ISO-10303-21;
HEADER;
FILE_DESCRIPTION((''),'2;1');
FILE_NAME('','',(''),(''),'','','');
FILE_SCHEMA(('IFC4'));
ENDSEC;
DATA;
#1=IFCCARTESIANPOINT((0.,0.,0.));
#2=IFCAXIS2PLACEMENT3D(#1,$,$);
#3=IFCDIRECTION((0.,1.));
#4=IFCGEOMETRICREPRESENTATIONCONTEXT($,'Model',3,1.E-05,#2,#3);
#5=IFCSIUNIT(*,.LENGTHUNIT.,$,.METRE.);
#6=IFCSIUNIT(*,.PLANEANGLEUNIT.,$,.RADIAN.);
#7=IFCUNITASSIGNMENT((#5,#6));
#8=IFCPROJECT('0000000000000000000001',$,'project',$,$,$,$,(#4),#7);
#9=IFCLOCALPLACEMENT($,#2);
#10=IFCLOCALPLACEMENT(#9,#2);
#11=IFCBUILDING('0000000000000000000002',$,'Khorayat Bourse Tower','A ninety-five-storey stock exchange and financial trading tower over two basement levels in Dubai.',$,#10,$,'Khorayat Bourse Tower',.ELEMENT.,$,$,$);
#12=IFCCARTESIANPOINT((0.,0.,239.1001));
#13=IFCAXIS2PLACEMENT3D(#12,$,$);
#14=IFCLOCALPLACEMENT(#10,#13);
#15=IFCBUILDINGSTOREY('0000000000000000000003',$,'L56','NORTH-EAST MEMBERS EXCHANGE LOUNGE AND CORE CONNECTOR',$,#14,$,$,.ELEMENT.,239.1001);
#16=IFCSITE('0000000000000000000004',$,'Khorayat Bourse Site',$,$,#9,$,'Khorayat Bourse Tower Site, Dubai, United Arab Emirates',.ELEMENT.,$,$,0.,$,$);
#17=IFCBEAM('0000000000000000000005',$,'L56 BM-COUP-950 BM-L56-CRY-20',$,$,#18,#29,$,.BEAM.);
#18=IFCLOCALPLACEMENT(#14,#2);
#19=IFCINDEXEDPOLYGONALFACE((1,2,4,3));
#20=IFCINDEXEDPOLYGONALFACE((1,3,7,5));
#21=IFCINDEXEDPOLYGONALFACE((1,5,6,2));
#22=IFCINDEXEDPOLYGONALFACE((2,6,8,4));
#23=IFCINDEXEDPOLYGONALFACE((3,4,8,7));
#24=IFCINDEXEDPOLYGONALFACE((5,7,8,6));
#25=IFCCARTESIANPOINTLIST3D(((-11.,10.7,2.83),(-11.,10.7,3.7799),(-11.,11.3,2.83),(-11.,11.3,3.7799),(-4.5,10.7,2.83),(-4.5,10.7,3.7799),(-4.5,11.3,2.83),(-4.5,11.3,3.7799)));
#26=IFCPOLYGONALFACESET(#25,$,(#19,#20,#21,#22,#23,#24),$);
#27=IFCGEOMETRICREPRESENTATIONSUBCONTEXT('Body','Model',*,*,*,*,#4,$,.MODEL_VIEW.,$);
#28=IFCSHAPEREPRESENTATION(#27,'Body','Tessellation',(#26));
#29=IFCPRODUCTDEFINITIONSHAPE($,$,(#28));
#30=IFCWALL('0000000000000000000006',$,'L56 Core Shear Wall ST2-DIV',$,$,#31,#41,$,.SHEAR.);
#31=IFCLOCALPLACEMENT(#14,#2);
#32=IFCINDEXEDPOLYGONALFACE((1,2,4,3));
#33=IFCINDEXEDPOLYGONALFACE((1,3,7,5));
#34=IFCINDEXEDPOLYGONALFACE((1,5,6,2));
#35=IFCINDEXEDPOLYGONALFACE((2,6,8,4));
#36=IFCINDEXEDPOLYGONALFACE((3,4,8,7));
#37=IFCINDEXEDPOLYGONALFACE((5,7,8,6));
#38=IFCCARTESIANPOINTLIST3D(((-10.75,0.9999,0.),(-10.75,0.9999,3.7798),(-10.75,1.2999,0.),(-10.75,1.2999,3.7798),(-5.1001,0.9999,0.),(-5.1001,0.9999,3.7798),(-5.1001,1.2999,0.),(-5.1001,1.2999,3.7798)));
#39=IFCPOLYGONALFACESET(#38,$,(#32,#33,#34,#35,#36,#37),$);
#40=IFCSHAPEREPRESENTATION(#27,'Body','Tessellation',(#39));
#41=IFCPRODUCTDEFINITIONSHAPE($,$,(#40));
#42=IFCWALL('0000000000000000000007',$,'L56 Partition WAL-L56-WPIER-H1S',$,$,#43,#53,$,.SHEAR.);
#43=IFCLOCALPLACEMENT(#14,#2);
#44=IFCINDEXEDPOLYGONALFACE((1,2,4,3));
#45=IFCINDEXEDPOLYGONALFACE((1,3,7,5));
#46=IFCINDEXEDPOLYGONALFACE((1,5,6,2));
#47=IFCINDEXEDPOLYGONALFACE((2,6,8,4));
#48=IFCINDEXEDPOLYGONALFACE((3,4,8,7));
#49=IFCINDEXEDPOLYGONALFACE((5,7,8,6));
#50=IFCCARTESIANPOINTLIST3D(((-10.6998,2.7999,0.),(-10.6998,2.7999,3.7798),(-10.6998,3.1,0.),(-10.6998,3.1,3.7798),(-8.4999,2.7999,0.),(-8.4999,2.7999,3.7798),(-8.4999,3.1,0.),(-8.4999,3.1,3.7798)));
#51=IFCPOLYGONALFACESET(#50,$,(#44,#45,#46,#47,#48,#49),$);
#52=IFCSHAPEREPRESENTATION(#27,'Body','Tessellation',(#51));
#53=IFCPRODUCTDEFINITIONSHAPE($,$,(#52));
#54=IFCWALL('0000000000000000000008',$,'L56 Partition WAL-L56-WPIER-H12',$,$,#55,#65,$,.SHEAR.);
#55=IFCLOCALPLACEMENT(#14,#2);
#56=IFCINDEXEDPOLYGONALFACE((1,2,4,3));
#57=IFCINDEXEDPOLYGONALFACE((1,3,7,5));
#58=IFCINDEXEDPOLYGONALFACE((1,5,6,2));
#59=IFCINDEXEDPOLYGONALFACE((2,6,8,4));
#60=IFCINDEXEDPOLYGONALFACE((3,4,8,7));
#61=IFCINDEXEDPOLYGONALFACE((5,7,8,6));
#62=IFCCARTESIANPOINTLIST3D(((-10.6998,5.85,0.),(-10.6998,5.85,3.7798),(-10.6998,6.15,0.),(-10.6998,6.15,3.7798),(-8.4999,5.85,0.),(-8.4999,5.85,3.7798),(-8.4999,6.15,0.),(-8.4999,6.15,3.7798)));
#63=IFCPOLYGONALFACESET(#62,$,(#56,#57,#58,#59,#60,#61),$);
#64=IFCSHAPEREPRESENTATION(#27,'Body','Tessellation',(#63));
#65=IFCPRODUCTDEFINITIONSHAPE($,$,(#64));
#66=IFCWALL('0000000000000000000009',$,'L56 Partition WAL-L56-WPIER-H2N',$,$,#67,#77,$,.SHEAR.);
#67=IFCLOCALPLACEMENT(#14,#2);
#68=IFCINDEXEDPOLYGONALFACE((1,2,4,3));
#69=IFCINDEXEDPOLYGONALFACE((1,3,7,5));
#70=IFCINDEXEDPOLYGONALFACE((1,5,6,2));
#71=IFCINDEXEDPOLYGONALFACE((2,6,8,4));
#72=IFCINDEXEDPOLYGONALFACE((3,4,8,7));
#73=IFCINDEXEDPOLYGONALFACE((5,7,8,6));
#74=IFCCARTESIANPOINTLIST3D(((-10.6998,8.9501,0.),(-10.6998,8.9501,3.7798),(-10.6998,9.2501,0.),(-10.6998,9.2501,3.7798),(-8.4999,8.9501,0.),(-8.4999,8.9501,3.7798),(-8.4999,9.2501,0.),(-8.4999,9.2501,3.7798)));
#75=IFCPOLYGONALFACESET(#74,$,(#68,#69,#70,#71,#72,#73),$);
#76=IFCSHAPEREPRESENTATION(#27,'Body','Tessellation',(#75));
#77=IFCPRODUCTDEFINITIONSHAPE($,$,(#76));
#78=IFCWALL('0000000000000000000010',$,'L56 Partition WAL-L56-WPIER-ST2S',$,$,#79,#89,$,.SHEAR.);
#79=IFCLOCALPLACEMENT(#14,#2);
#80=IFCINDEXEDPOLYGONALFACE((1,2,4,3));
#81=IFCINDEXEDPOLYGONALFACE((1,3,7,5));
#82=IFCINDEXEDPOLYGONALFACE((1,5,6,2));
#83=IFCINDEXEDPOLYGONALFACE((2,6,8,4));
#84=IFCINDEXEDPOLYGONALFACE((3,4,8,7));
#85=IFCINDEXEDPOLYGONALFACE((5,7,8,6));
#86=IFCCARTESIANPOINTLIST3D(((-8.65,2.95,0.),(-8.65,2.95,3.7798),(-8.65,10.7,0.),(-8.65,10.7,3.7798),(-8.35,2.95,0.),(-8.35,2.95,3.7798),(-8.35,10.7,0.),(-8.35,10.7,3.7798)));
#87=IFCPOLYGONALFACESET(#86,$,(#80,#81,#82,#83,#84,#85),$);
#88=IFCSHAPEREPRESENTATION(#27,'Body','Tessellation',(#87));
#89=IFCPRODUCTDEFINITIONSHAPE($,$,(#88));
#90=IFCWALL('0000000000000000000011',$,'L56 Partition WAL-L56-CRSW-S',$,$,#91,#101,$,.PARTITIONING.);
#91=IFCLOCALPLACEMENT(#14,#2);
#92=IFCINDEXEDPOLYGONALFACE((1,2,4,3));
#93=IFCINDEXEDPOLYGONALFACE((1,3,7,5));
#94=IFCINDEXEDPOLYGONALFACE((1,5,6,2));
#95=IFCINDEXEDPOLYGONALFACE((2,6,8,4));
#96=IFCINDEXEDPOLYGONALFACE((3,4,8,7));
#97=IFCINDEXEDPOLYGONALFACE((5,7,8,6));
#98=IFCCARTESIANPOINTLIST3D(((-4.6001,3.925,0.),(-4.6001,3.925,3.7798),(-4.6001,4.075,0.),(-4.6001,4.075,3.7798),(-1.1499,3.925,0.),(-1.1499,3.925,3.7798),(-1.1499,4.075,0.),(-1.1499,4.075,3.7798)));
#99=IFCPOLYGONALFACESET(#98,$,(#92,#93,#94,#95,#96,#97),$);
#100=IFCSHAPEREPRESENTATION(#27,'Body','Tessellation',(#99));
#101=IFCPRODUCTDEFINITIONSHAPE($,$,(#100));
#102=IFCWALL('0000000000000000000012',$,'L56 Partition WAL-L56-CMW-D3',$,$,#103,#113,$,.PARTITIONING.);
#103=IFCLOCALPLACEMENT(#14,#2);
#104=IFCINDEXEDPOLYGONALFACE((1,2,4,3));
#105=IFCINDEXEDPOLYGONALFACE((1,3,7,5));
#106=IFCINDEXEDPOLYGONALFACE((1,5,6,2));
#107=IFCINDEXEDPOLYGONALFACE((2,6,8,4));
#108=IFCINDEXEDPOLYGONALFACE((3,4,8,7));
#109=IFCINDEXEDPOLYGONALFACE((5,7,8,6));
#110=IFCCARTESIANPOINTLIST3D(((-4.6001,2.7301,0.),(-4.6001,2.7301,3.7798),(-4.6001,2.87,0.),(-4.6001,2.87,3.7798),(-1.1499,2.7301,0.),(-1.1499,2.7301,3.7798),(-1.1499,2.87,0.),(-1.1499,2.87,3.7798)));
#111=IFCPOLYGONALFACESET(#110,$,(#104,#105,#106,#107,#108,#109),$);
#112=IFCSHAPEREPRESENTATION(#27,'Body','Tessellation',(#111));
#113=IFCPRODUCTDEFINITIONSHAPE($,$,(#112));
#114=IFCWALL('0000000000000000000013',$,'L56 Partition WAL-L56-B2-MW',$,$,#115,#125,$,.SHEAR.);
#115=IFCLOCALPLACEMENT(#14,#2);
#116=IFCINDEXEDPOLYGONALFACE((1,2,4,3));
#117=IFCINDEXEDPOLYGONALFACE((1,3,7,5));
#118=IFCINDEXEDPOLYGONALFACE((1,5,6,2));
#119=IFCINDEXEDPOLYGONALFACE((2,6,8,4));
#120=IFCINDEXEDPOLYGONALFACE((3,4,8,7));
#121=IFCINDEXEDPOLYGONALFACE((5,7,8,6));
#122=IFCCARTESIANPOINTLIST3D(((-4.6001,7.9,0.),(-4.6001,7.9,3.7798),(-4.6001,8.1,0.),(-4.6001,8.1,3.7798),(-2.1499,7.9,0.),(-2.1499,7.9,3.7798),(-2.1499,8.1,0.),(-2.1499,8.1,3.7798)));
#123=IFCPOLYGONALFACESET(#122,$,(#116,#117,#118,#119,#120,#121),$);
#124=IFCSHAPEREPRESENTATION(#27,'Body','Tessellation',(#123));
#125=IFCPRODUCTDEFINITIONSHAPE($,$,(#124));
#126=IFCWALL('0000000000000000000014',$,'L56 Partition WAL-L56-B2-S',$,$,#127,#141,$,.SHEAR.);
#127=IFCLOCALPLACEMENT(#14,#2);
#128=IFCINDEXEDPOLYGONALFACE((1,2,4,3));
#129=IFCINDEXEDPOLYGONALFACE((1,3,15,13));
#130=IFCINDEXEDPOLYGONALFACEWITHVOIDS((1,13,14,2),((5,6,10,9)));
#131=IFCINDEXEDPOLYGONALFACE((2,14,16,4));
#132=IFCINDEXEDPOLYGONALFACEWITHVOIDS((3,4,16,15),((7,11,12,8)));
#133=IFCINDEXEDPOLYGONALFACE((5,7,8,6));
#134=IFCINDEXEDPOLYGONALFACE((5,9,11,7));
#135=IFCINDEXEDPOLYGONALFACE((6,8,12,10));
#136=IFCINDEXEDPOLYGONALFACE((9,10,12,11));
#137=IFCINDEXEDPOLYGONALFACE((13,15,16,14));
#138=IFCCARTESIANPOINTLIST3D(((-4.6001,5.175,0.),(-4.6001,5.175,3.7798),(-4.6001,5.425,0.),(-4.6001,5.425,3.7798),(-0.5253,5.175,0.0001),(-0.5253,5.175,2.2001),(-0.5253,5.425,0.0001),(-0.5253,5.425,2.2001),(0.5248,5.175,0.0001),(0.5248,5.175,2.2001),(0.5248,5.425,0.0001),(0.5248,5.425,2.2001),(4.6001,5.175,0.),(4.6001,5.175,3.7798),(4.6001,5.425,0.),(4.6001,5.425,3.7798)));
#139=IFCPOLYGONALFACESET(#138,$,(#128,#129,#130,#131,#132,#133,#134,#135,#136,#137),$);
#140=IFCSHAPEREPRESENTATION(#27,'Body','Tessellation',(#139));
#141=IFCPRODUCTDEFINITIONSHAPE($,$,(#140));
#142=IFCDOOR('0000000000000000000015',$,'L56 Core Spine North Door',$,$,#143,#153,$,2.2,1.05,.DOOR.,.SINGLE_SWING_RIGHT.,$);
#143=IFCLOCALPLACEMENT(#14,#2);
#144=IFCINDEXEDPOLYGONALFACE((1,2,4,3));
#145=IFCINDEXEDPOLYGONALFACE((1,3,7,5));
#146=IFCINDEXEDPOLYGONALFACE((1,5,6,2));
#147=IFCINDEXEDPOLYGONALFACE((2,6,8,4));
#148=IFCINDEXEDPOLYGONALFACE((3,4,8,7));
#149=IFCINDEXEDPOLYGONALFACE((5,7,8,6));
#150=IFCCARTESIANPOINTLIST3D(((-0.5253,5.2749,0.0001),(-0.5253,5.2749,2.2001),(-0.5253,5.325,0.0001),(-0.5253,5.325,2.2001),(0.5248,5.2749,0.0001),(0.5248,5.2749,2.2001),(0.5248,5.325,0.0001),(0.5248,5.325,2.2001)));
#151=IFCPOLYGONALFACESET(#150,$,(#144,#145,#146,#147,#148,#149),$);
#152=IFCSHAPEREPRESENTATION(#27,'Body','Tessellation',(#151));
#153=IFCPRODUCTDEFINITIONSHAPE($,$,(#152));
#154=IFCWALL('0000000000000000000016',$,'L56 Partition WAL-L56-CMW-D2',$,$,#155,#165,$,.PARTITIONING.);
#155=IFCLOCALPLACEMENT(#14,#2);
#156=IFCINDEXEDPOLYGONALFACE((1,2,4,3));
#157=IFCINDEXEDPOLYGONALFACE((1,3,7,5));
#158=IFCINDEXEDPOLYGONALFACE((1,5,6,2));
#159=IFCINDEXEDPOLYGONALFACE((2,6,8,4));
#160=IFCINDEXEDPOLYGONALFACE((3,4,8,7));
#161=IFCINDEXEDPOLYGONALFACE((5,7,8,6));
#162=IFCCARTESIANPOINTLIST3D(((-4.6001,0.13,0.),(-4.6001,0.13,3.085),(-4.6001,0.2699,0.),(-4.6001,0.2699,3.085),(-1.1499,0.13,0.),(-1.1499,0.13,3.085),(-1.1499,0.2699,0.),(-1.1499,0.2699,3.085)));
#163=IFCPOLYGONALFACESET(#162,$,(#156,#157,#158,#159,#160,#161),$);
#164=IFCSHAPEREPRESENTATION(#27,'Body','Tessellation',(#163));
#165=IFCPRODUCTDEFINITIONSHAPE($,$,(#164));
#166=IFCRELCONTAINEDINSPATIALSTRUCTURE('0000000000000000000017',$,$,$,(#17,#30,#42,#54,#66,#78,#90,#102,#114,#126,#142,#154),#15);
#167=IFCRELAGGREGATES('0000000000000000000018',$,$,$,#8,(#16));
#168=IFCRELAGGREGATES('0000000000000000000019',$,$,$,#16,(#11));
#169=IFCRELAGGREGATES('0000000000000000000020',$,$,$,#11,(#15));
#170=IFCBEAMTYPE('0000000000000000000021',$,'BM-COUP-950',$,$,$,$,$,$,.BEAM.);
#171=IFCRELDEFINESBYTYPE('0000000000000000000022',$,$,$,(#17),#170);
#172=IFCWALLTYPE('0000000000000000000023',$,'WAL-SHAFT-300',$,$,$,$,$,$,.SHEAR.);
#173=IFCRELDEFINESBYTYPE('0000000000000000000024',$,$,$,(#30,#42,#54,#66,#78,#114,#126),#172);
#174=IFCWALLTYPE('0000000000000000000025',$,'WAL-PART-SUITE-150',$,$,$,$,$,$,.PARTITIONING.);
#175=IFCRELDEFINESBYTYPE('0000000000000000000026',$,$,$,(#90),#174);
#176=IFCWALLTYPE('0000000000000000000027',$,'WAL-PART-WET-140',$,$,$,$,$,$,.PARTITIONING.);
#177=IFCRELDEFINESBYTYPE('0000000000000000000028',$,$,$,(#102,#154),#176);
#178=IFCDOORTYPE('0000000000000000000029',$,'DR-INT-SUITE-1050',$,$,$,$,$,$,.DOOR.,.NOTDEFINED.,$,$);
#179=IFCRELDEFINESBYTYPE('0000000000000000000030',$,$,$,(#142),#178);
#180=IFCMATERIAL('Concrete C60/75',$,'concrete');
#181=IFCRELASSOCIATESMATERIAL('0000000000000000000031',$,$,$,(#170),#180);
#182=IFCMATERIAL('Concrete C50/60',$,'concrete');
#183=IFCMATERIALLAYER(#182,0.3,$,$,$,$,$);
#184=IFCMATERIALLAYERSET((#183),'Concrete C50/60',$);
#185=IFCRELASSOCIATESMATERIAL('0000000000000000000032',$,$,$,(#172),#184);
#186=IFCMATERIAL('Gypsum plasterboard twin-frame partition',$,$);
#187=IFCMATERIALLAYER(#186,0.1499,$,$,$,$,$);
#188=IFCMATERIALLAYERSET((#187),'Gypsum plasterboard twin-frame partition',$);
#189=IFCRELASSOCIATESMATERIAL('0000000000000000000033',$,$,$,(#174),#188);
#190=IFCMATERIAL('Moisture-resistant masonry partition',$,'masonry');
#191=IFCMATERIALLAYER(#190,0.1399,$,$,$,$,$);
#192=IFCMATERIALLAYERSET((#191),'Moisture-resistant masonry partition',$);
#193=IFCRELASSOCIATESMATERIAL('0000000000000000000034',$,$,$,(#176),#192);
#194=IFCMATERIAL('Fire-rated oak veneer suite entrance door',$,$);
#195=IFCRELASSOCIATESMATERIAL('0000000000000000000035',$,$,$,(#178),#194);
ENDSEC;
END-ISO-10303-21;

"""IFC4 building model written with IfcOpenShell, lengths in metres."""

from ifc_helpers import new_model, si_unit, direction, frame, frame_2d, origin, origin_2d, place, context, subcontext, project, spatial, rectangle, extrude, source, transform, mapped, material, layer, layer_set, material_profile, profile_set, type_object, element, fill, save


model = new_model("IFC4")

# Units and contexts
model_context = context("Model", 3, precision=1e-05, world=origin(), true_north=direction((0.0, 1.0)))
body_context = subcontext(model_context, "Body", "Model", "MODEL_VIEW")
ifc_project = project(units=[si_unit("LENGTHUNIT", "METRE"), si_unit("PLANEANGLEUNIT", "RADIAN")], contexts=[model_context])

# Site, building, storey
site_placement = place(None, origin())
site = spatial("IfcSite", under=ifc_project, at=site_placement, Name="Khorayat Bourse Site", LongName="Khorayat Bourse Tower Site, Dubai, United Arab Emirates", CompositionType="ELEMENT", RefElevation=0.0)
building_placement = place(site_placement, origin())
building = spatial("IfcBuilding", under=site, at=building_placement, Name="Khorayat Bourse Tower", Description="A ninety-five-storey stock exchange and financial trading tower over two basement levels in Dubai.", LongName="Khorayat Bourse Tower", CompositionType="ELEMENT")
storey_placement = place(building_placement, frame((0.0, 0.0, 239.1001)))
storey = spatial("IfcBuildingStorey", under=building, at=storey_placement, Name="L56", Description="NORTH-EAST MEMBERS EXCHANGE LOUNGE AND CORE CONNECTOR", CompositionType="ELEMENT", Elevation=239.1001)

# Shared definitions
ifc_material_1 = material(Name="Concrete C60/75", Category="concrete")

# Beam
ifc_material_profile_1 = material_profile(ifc_material_1, rectangle(XDim=0.6001, YDim=0.95, at=origin_2d()), Name="RC 600x950")
ifc_profile_set_1 = profile_set([ifc_material_profile_1], Name="Concrete C60/75")
beam_type_1 = type_object("IfcBeamType", Name="BM-COUP-950", PredefinedType="BEAM", material=ifc_profile_set_1)
shared_shape_1 = source(origin(), body_context, "Body", "SweptSolid", [
    extrude(rectangle(XDim=0.6001, YDim=0.95, at=origin_2d()), origin(), (0.0, 0.0, 1.0), 6.5),
])
beam_1_placement = place(storey_placement, frame((-11.0, 11.0, 3.3049), z_axis=(1.0, 0.0, 0.0), x_axis=(0.0, 1.0, 0.0)))
element("IfcBeam", 1, at=beam_1_placement, inside=storey, type_object=beam_type_1, Name="L56 BM-COUP-950 BM-L56-CRY-20", PredefinedType="BEAM", context=body_context, shape_type="MappedRepresentation", body=[
    mapped(shared_shape_1, transform((0.0, 0.0, 0.0), scale=1.0)),
])

# Walls
ifc_material_2 = material(Name="Concrete C50/60", Category="concrete")
ifc_layer_1 = layer(ifc_material_2, 0.3)
ifc_layer_set_1 = layer_set([ifc_layer_1], Name="Concrete C50/60")
wall_type_1 = type_object("IfcWallType", Name="WAL-SHAFT-300", PredefinedType="SHEAR", material=ifc_layer_set_1)
shared_shape_2 = source(origin(), body_context, "Body", "SweptSolid", [
    extrude(rectangle(XDim=5.6499, YDim=0.3, at=frame_2d((2.825, 0.0))), origin(), (0.0, 0.0, 1.0), 3.7798),
])
wall_1_placement = place(storey_placement, frame((-10.75, 1.1499, 0.0), z_axis=(0.0, 0.0, 1.0), x_axis=(1.0, 0.0, 0.0)))
element("IfcWall", 2, at=wall_1_placement, inside=storey, type_object=wall_type_1, Name="L56 Core Shear Wall ST2-DIV", PredefinedType="SHEAR", context=body_context, shape_type="MappedRepresentation", body=[
    mapped(shared_shape_2, transform((0.0, 0.0, 0.0), scale=1.0)),
])
shared_shape_3 = source(origin(), body_context, "Body", "SweptSolid", [
    extrude(rectangle(XDim=2.2, YDim=0.3, at=frame_2d((1.1001, 0.0))), origin(), (0.0, 0.0, 1.0), 3.7798),
])
for number, where, z_axis, x_axis, name in (
    (3, (-10.7, 2.95, 0.0), (0.0, 0.0, 1.0), (1.0, 0.0, 0.0), "L56 Partition WAL-L56-WPIER-H1S"),
    (4, (-10.7, 6.0, 0.0), (0.0, 0.0, 1.0), (1.0, 0.0, 0.0), "L56 Partition WAL-L56-WPIER-H12"),
    (5, (-10.7, 9.1001, 0.0), (0.0, 0.0, 1.0), (1.0, 0.0, 0.0), "L56 Partition WAL-L56-WPIER-H2N"),
):
    element("IfcWall", number, at=place(storey_placement, frame(where, z_axis=z_axis, x_axis=x_axis)), inside=storey, type_object=wall_type_1, Name=name, PredefinedType="SHEAR", context=body_context, shape_type="MappedRepresentation", body=[
        mapped(shared_shape_3, transform((0.0, 0.0, 0.0), scale=1.0)),
    ])
shared_shape_4 = source(origin(), body_context, "Body", "SweptSolid", [
    extrude(rectangle(XDim=7.75, YDim=0.3, at=frame_2d((3.875, 0.0))), origin(), (0.0, 0.0, 1.0), 3.7798),
])
wall_2_placement = place(storey_placement, frame((-8.5, 2.95, 0.0), z_axis=(0.0, 0.0, 1.0), x_axis=(0.0, 1.0, 0.0)))
element("IfcWall", 6, at=wall_2_placement, inside=storey, type_object=wall_type_1, Name="L56 Partition WAL-L56-WPIER-ST2S", PredefinedType="SHEAR", context=body_context, shape_type="MappedRepresentation", body=[
    mapped(shared_shape_4, transform((0.0, 0.0, 0.0), scale=1.0)),
])
ifc_material_3 = material(Name="Gypsum plasterboard twin-frame partition")
ifc_layer_2 = layer(ifc_material_3, 0.1499)
ifc_layer_set_2 = layer_set([ifc_layer_2], Name="Gypsum plasterboard twin-frame partition")
wall_type_2 = type_object("IfcWallType", Name="WAL-PART-SUITE-150", PredefinedType="PARTITIONING", material=ifc_layer_set_2)
shared_shape_5 = source(origin(), body_context, "Body", "SweptSolid", [
    extrude(rectangle(XDim=3.4502, YDim=0.1499, at=frame_2d((1.7251, 0.0))), origin(), (0.0, 0.0, 1.0), 3.7798),
])
wall_3_placement = place(storey_placement, frame((-4.6001, 4.0, 0.0), z_axis=(0.0, 0.0, 1.0), x_axis=(1.0, 0.0, 0.0)))
element("IfcWall", 7, at=wall_3_placement, inside=storey, type_object=wall_type_2, Name="L56 Partition WAL-L56-CRSW-S", PredefinedType="PARTITIONING", context=body_context, shape_type="MappedRepresentation", body=[
    mapped(shared_shape_5, transform((0.0, 0.0, 0.0), scale=1.0)),
])
ifc_material_4 = material(Name="Moisture-resistant masonry partition", Category="masonry")
ifc_layer_3 = layer(ifc_material_4, 0.1399)
ifc_layer_set_3 = layer_set([ifc_layer_3], Name="Moisture-resistant masonry partition")
wall_type_3 = type_object("IfcWallType", Name="WAL-PART-WET-140", PredefinedType="PARTITIONING", material=ifc_layer_set_3)
shared_shape_6 = source(origin(), body_context, "Body", "SweptSolid", [
    extrude(rectangle(XDim=3.4502, YDim=0.1399, at=frame_2d((1.7251, 0.0))), origin(), (0.0, 0.0, 1.0), 3.7798),
])
wall_4_placement = place(storey_placement, frame((-4.6001, 2.8, 0.0), z_axis=(0.0, 0.0, 1.0), x_axis=(1.0, 0.0, 0.0)))
element("IfcWall", 8, at=wall_4_placement, inside=storey, type_object=wall_type_3, Name="L56 Partition WAL-L56-CMW-D3", PredefinedType="PARTITIONING", context=body_context, shape_type="MappedRepresentation", body=[
    mapped(shared_shape_6, transform((0.0, 0.0, 0.0), scale=1.0)),
])
shared_shape_7 = source(origin(), body_context, "Body", "SweptSolid", [
    extrude(rectangle(XDim=2.4502, YDim=0.2, at=frame_2d((1.2251, 0.0))), origin(), (0.0, 0.0, 1.0), 3.7798),
])
wall_5_placement = place(storey_placement, frame((-4.6001, 8.0, 0.0), z_axis=(0.0, 0.0, 1.0), x_axis=(1.0, 0.0, 0.0)))
element("IfcWall", 9, at=wall_5_placement, inside=storey, type_object=wall_type_1, Name="L56 Partition WAL-L56-B2-MW", PredefinedType="SHEAR", context=body_context, shape_type="MappedRepresentation", body=[
    mapped(shared_shape_7, transform((0.0, 0.0, 0.0), scale=1.0)),
])

# Wall, opening, door
shared_shape_8 = source(origin(), body_context, "Body", "SweptSolid", [
    extrude(rectangle(XDim=9.2002, YDim=0.25, at=frame_2d((4.6001, 0.0))), origin(), (0.0, 0.0, 1.0), 3.7798),
])
wall_6_placement = place(storey_placement, frame((-4.6001, 5.3, 0.0), z_axis=(0.0, 0.0, 1.0), x_axis=(1.0, 0.0, 0.0)))
wall_6 = element("IfcWall", 10, at=wall_6_placement, inside=storey, type_object=wall_type_1, Name="L56 Partition WAL-L56-B2-S", PredefinedType="SHEAR", context=body_context, shape_type="MappedRepresentation", body=[
    mapped(shared_shape_8, transform((0.0, 0.0, 0.0), scale=1.0)),
])
shared_shape_9 = source(origin(), body_context, "Body", "SweptSolid", [
    extrude(rectangle(XDim=1.05, YDim=2.2, at=frame_2d((0.5249, 1.1001))), frame((0.0, 0.135, 0.0), z_axis=(0.0, -1.0, 0.0), x_axis=(1.0, 0.0, 0.0)), (0.0, 0.0, 1.0), 0.27),
])
opening_placement = place(wall_6_placement, frame((4.075, 0.0, 0.0)))
opening = element("IfcOpeningElement", 11, at=opening_placement, cuts=wall_6, PredefinedType="OPENING", context=body_context, shape_type="MappedRepresentation", body=[
    mapped(shared_shape_9, transform((0.0, 0.0, 0.0), scale=1.0)),
])
ifc_material_5 = material(Name="Fire-rated oak veneer suite entrance door")
door_type = type_object("IfcDoorType", Name="DR-INT-SUITE-1050", OperationType="NOTDEFINED", PredefinedType="DOOR", material=ifc_material_5)
shared_shape_10 = source(origin(), body_context, "Body", "SweptSolid", [
    extrude(rectangle(XDim=1.05, YDim=2.2, at=frame_2d((0.5249, 1.1001))), frame((0.0, 0.0249, 0.0), z_axis=(0.0, -1.0, 0.0), x_axis=(1.0, 0.0, 0.0)), (0.0, 0.0, 1.0), 0.05),
])
door_placement = place(opening_placement, origin())
door = element("IfcDoor", 12, at=door_placement, inside=storey, type_object=door_type, Name="L56 Core Spine North Door", OperationType="SINGLE_SWING_RIGHT", OverallHeight=2.2, OverallWidth=1.05, PredefinedType="DOOR", context=body_context, shape_type="MappedRepresentation", body=[
    mapped(shared_shape_10, transform((0.0, 0.0, 0.0), scale=1.0)),
])
fill(opening, door)

# Wall
shared_shape_11 = source(origin(), body_context, "Body", "SweptSolid", [
    extrude(rectangle(XDim=3.4502, YDim=0.1399, at=frame_2d((1.7251, 0.0))), origin(), (0.0, 0.0, 1.0), 3.085),
])
wall_7_placement = place(storey_placement, frame((-4.6001, 0.2, 0.0), z_axis=(0.0, 0.0, 1.0), x_axis=(1.0, 0.0, 0.0)))
element("IfcWall", 13, at=wall_7_placement, inside=storey, type_object=wall_type_3, Name="L56 Partition WAL-L56-CMW-D2", PredefinedType="PARTITIONING", context=body_context, shape_type="MappedRepresentation", body=[
    mapped(shared_shape_11, transform((0.0, 0.0, 0.0), scale=1.0)),
])

save(model, "model.ifc")
